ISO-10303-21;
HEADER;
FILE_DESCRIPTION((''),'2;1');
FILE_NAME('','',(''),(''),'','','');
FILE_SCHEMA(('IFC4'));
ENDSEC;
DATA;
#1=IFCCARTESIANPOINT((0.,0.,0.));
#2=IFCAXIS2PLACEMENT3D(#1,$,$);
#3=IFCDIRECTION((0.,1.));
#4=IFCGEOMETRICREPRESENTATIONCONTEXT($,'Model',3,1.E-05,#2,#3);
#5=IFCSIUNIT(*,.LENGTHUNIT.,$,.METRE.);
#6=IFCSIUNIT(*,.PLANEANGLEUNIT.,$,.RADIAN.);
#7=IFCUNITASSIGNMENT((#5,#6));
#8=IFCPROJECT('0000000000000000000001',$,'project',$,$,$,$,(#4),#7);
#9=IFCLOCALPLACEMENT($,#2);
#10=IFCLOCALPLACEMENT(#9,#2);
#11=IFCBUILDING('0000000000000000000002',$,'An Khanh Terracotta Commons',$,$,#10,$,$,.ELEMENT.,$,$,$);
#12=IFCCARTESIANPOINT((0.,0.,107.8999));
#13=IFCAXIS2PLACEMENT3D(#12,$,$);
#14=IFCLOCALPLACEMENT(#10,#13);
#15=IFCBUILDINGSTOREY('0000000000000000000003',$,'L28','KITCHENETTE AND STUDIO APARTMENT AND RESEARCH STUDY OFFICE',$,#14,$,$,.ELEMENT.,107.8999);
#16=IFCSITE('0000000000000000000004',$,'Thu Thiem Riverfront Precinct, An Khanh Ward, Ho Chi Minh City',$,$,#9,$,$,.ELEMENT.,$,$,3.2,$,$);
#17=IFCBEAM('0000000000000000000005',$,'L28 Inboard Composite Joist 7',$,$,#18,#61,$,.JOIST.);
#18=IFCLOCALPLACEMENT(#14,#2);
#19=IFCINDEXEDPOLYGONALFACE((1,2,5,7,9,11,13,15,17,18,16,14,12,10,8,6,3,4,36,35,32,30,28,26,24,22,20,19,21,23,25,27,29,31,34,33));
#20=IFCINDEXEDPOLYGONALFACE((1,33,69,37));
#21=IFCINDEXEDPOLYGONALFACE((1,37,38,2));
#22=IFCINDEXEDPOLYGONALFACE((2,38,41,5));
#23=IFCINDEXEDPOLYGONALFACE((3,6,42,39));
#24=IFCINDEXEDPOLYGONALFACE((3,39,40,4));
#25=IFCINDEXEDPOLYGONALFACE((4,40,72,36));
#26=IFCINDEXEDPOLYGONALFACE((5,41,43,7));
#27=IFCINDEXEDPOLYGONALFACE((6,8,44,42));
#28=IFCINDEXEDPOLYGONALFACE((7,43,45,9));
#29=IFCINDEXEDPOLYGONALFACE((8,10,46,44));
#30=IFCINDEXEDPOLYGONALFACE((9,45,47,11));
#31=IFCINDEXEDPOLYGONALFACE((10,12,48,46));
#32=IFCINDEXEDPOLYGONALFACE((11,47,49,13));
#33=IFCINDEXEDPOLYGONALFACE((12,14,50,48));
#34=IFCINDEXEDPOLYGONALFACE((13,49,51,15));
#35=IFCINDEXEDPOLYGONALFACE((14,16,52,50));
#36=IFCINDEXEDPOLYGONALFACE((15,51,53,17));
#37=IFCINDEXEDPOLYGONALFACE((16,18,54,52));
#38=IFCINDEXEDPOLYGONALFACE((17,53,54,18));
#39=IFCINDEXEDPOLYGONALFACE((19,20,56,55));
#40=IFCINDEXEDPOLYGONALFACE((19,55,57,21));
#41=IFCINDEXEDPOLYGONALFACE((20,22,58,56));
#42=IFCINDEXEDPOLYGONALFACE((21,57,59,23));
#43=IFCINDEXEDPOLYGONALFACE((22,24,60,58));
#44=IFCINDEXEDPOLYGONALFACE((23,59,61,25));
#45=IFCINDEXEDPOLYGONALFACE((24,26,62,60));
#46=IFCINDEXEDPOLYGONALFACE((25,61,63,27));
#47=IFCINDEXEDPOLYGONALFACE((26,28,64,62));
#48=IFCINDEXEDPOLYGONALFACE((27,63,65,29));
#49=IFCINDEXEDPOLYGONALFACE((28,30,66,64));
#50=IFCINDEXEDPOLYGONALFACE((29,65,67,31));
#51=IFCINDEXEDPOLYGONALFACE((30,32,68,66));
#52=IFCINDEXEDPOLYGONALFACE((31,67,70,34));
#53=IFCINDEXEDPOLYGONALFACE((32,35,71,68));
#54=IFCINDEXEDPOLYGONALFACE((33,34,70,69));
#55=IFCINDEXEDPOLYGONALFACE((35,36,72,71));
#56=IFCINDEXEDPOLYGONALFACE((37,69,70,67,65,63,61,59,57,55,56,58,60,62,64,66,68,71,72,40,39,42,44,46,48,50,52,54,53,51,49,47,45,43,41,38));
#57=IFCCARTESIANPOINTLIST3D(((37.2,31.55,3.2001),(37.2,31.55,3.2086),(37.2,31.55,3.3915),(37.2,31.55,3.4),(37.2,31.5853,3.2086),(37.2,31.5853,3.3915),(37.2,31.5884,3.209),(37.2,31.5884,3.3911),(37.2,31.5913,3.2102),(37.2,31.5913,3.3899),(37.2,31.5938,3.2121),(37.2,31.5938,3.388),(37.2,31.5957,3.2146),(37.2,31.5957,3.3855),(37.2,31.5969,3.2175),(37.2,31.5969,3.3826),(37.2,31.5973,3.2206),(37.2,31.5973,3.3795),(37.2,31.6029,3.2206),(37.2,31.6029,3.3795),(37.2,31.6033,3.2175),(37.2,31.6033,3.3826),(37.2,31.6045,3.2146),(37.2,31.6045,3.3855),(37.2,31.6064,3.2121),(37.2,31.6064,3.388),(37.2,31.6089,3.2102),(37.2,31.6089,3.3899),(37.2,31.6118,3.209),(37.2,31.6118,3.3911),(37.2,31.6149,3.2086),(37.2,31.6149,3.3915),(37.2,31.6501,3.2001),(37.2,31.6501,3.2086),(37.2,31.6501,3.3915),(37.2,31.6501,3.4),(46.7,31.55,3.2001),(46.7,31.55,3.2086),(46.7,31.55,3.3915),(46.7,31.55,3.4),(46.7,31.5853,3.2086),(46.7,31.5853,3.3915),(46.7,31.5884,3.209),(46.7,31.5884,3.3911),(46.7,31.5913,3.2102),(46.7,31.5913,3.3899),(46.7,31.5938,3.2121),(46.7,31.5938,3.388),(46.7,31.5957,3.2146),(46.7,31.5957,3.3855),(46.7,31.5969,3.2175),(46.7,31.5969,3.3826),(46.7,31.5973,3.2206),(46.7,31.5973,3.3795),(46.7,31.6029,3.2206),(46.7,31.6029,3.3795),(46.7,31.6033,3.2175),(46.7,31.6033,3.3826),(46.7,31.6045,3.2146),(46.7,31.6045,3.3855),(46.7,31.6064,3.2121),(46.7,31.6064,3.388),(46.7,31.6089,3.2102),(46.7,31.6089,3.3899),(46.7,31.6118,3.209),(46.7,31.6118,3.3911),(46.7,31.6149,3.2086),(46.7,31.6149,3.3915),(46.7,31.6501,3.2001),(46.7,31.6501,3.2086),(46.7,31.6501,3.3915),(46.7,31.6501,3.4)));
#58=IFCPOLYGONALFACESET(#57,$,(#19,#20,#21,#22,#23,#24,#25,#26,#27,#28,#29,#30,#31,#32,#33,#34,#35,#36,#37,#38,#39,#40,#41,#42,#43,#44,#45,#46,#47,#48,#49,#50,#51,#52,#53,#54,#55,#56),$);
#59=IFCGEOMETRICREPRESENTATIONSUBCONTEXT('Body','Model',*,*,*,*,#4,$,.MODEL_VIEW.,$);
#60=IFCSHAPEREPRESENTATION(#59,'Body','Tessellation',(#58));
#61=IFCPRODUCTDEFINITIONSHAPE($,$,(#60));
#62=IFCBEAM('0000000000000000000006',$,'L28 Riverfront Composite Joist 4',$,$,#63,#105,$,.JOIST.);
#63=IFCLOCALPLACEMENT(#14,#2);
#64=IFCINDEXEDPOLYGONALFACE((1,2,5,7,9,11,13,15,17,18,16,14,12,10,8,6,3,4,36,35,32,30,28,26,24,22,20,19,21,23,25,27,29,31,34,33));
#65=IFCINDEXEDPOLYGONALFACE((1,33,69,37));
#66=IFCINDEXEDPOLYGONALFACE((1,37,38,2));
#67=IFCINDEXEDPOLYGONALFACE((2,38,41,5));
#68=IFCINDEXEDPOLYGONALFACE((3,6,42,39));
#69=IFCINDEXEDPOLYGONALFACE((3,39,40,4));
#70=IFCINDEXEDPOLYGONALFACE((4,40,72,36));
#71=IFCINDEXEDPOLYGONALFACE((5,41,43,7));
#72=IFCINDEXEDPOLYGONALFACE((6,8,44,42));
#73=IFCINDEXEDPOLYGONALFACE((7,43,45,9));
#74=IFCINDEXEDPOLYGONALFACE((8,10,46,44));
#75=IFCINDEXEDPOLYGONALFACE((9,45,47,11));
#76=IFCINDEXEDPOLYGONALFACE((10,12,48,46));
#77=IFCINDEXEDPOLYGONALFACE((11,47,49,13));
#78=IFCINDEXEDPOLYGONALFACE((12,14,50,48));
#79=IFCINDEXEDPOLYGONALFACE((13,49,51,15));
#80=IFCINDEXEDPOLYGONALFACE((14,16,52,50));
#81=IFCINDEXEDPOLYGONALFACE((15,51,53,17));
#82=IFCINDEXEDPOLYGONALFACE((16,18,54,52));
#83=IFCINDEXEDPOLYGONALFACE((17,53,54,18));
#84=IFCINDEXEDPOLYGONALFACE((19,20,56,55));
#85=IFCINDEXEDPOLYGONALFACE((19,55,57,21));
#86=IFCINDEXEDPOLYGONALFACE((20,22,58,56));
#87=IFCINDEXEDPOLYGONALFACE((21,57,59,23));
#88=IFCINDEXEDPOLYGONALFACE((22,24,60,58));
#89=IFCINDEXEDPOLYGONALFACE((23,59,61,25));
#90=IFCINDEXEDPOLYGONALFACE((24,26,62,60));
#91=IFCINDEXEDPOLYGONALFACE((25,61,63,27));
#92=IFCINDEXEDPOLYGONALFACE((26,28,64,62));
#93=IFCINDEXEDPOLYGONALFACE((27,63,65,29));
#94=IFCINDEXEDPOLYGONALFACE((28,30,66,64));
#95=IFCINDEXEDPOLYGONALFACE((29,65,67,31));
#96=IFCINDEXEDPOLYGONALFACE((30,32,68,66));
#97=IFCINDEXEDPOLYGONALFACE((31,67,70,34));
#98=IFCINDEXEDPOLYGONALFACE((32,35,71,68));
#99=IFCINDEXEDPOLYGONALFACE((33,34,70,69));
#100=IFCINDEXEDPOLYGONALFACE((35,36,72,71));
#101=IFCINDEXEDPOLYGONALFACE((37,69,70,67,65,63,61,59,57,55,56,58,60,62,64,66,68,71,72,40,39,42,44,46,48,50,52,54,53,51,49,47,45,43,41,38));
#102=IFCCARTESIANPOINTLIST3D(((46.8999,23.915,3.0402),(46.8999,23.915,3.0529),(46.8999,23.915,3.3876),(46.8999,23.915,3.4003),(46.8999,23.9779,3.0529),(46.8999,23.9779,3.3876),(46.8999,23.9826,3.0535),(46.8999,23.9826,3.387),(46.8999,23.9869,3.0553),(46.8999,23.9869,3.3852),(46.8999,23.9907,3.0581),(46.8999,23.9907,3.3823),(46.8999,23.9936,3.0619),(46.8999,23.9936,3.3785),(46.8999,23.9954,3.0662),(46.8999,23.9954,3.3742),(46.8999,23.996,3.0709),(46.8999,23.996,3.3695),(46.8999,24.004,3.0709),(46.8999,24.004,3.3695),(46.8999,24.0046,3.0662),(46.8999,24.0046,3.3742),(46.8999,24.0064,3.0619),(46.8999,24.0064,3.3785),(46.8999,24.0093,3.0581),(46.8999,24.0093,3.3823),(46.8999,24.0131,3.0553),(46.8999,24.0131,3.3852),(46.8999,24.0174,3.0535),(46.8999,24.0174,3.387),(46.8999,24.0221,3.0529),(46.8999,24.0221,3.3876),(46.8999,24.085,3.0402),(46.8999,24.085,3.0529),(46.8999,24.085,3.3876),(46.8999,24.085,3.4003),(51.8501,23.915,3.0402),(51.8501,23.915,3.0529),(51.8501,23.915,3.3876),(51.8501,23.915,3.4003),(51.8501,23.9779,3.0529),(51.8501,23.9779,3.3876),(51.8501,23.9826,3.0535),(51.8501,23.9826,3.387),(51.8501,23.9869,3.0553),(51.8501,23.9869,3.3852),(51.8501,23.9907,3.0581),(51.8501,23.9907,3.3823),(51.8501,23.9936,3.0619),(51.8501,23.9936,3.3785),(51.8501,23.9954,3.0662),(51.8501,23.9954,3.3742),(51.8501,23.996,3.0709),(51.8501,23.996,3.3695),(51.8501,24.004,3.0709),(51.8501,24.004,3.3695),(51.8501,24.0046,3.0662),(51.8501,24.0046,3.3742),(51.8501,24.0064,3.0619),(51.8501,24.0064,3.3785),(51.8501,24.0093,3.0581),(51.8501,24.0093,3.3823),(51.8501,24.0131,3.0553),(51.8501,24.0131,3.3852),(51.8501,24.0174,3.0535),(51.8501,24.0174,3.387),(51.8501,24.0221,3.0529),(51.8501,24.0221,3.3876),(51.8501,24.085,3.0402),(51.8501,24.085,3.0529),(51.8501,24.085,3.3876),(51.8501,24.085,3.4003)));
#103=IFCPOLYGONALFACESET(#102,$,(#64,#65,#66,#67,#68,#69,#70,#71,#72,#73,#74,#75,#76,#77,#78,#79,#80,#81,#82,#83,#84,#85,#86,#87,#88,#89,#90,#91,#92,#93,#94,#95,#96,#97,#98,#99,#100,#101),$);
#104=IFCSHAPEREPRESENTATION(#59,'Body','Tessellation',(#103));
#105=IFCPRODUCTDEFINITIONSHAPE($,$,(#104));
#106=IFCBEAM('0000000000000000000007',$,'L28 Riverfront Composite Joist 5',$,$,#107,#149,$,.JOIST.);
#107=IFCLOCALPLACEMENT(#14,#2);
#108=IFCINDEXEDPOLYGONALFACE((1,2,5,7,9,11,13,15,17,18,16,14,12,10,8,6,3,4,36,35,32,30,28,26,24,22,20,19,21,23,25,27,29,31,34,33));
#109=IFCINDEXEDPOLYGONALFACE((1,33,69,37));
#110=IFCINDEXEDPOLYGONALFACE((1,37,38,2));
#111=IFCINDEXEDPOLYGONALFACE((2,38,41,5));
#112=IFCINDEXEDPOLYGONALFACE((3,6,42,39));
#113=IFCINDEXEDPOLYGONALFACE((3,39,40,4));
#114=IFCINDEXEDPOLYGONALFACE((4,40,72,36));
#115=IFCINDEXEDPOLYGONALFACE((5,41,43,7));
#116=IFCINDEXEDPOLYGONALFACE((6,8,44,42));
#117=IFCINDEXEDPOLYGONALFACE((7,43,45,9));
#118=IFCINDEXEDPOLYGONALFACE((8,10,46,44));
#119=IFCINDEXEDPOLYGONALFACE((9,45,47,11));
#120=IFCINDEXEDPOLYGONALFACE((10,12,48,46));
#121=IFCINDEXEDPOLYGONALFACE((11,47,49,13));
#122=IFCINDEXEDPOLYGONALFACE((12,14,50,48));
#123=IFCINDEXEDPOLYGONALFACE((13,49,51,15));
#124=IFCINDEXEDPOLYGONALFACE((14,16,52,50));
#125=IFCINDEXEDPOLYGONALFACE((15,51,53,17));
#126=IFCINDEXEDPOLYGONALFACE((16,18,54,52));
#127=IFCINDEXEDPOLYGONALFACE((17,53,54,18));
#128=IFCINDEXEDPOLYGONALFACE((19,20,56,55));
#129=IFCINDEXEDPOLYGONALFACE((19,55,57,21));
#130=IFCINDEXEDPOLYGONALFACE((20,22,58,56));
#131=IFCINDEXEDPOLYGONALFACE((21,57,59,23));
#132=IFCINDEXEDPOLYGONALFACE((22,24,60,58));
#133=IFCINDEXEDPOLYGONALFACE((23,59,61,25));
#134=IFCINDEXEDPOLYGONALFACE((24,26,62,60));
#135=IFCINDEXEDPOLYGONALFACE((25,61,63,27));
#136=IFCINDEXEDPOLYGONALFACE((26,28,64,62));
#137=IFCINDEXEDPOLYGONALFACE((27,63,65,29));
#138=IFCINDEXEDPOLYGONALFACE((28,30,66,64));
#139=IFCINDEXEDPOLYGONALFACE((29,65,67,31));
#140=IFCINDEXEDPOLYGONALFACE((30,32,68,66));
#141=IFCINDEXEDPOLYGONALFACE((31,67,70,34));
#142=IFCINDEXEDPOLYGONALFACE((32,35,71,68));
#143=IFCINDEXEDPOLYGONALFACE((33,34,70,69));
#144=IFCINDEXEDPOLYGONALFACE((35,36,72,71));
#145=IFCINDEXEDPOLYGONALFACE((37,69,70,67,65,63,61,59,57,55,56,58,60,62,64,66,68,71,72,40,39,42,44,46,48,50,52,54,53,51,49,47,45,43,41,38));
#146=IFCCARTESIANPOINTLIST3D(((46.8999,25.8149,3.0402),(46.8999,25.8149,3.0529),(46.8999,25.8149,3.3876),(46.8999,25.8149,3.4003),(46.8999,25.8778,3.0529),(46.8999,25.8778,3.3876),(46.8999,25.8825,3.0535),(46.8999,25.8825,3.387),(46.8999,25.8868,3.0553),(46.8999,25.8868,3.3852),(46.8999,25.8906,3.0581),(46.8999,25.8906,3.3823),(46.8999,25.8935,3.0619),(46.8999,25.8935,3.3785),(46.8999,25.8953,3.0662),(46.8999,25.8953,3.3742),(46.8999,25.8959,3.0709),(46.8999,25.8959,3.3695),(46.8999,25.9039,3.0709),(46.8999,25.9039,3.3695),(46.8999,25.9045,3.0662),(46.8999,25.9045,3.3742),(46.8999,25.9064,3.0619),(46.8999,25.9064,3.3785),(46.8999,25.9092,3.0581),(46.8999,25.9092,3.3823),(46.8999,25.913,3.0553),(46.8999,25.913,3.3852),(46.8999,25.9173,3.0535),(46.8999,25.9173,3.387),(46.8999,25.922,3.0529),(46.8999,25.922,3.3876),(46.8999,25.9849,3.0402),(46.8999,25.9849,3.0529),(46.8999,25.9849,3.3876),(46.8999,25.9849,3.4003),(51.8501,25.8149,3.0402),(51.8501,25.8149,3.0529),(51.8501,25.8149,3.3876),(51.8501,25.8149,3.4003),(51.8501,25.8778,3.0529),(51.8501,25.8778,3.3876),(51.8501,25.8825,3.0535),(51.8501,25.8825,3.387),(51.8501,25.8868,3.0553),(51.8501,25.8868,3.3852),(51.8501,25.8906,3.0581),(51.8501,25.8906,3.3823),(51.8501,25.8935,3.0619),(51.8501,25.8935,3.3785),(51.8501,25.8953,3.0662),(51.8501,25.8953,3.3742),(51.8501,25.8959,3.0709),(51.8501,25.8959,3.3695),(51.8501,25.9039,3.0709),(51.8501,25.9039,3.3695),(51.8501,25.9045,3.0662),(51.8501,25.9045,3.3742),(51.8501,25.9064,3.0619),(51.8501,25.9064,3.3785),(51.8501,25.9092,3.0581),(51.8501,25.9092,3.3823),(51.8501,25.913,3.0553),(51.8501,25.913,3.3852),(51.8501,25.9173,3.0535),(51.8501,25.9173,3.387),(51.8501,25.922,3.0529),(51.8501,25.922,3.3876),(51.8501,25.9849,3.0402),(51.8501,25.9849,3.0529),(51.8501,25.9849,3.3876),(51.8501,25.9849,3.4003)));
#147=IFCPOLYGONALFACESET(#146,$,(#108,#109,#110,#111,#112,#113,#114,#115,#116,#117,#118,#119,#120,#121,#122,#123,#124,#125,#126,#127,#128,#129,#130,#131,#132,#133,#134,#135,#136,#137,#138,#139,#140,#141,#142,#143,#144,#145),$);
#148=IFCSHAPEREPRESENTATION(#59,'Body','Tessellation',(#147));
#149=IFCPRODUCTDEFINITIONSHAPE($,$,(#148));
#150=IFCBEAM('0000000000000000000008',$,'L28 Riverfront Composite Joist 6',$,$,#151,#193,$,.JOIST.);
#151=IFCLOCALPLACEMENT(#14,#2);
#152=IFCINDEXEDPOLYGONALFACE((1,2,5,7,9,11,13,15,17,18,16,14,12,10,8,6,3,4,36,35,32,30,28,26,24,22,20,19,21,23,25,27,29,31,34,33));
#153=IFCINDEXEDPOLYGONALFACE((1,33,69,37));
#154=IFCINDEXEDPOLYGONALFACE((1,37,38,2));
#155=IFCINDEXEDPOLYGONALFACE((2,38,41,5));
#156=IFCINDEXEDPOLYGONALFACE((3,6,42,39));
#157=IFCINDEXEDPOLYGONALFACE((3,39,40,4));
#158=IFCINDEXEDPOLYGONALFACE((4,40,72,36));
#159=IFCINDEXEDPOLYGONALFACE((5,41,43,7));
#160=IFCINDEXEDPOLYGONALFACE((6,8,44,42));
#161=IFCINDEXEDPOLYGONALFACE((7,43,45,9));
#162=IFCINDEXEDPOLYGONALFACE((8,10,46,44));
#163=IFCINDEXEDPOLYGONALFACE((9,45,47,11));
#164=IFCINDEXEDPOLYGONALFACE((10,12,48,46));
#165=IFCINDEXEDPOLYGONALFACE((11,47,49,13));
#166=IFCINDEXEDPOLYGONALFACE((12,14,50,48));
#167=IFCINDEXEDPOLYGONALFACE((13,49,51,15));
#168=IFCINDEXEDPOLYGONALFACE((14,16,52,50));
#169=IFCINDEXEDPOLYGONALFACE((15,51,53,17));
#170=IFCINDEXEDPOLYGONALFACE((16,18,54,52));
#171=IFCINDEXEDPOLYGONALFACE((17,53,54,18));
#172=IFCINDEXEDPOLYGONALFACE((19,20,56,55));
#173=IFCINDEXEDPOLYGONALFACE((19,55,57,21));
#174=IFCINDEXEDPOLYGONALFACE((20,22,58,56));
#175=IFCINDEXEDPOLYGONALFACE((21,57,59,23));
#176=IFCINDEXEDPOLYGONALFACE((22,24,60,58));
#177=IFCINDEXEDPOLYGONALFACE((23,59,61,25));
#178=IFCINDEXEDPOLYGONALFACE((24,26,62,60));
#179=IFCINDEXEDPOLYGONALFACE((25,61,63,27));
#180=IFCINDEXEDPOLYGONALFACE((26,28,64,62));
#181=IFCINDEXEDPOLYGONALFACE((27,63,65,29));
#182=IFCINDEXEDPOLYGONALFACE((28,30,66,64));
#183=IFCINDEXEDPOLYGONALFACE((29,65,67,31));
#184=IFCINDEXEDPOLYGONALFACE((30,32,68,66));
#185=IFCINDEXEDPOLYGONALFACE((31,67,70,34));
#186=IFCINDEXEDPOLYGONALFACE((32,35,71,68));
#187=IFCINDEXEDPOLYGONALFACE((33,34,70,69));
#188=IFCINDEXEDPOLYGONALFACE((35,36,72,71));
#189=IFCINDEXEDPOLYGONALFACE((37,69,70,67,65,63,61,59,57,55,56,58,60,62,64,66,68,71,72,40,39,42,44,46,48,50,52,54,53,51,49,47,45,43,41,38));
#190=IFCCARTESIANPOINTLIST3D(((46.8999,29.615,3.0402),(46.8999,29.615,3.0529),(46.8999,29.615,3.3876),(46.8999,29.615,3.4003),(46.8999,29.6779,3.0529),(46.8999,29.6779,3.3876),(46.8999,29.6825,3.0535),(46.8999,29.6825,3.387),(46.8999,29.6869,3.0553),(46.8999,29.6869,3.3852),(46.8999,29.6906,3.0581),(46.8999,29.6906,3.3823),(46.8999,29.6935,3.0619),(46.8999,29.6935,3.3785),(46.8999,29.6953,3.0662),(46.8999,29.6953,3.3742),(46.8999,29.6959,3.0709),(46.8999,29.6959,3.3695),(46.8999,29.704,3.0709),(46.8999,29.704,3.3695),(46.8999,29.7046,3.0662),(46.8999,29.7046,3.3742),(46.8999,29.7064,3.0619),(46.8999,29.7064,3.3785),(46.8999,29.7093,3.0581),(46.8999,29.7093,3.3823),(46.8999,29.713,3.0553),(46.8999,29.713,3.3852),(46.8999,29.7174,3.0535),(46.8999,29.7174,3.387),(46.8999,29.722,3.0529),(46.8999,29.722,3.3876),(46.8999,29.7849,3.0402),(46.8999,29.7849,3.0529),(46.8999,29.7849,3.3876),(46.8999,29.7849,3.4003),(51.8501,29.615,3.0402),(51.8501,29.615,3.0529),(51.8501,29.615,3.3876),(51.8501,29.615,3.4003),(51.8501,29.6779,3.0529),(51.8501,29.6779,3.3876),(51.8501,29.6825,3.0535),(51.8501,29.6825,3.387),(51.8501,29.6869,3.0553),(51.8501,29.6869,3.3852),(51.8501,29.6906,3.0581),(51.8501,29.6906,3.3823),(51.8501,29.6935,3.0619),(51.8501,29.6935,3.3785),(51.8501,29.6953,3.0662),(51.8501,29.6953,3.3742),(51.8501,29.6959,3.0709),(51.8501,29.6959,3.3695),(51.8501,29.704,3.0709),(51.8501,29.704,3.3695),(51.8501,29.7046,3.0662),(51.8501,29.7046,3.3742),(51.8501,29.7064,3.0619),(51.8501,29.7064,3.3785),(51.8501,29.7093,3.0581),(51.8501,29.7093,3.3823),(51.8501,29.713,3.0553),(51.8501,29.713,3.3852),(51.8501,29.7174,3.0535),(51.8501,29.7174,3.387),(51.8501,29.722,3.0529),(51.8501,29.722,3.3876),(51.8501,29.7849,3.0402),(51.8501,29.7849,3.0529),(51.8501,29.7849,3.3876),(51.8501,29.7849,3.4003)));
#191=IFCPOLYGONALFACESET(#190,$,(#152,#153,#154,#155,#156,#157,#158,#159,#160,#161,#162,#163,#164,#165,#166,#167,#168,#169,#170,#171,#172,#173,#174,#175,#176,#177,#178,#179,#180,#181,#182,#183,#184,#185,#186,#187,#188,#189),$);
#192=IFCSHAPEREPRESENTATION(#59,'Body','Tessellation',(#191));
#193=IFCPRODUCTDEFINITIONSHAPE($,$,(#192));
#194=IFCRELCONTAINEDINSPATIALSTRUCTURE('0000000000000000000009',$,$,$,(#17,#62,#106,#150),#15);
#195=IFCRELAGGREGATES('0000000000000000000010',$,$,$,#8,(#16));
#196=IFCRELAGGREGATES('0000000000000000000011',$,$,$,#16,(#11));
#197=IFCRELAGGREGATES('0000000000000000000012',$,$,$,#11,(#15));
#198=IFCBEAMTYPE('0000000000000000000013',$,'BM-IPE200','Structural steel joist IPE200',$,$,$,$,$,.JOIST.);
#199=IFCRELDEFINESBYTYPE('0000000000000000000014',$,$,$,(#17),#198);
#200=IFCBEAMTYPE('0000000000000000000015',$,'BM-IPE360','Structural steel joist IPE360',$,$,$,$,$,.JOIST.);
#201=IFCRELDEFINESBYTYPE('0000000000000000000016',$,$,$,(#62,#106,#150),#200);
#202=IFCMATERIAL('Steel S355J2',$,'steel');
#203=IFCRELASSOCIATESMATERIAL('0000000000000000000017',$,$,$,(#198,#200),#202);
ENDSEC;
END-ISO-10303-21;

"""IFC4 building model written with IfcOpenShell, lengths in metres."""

from ifc_helpers import new_model, si_unit, direction, frame, origin, origin_2d, place, context, subcontext, project, spatial, i_section, extrude, material, material_profile, profile_set, type_object, element, save


model = new_model("IFC4")

# Units and contexts
model_context = context("Model", 3, precision=1e-05, world=origin(), true_north=direction((0.0, 1.0)))
body_context = subcontext(model_context, "Body", "Model", "MODEL_VIEW")
ifc_project = project(units=[si_unit("LENGTHUNIT", "METRE"), si_unit("PLANEANGLEUNIT", "RADIAN")], contexts=[model_context])

# Site, building, storey
site_placement = place(None, origin())
site = spatial("IfcSite", under=ifc_project, at=site_placement, Name="Thu Thiem Riverfront Precinct, An Khanh Ward, Ho Chi Minh City", CompositionType="ELEMENT", RefElevation=3.2)
building_placement = place(site_placement, origin())
building = spatial("IfcBuilding", under=site, at=building_placement, Name="An Khanh Terracotta Commons", CompositionType="ELEMENT")
storey_placement = place(building_placement, frame((0.0, 0.0, 107.8999)))
storey = spatial("IfcBuildingStorey", under=building, at=storey_placement, Name="L28", Description="KITCHENETTE AND STUDIO APARTMENT AND RESEARCH STUDY OFFICE", CompositionType="ELEMENT", Elevation=107.8999)

# Beams
ifc_material_1 = material(Name="Steel S355J2", Category="steel")
ifc_material_profile_1 = material_profile(ifc_material_1, i_section(OverallWidth=0.1001, OverallDepth=0.2, WebThickness=0.0056, FlangeThickness=0.0085, FilletRadius=0.012, at=origin_2d()), Name="IPE200")
ifc_profile_set_1 = profile_set([ifc_material_profile_1], Name="Steel S355J2")
beam_type_1 = type_object("IfcBeamType", Name="BM-IPE200", Description="Structural steel joist IPE200", PredefinedType="JOIST", material=ifc_profile_set_1)
for number, where, z_axis, x_axis, name in (
    (1, (37.2, 31.6001, 3.3), (1.0, 0.0, 0.0), (0.0, 1.0, 0.0), "L28 Inboard Composite Joist 7"),
):
    element("IfcBeam", number, at=place(storey_placement, frame(where, z_axis=z_axis, x_axis=x_axis)), inside=storey, type_object=beam_type_1, Name=name, PredefinedType="JOIST", context=body_context, shape_type="SweptSolid", body=[
        extrude(i_section(OverallWidth=0.1001, OverallDepth=0.2, WebThickness=0.0056, FlangeThickness=0.0085, FilletRadius=0.012, at=origin_2d()), origin(), (0.0, 0.0, 1.0), 9.5),
    ])
ifc_material_profile_2 = material_profile(ifc_material_1, i_section(OverallWidth=0.1699, OverallDepth=0.3601, WebThickness=0.0081, FlangeThickness=0.0127, FilletRadius=0.0181, at=origin_2d()), Name="IPE360")
ifc_profile_set_2 = profile_set([ifc_material_profile_2], Name="Steel S355J2")
beam_type_2 = type_object("IfcBeamType", Name="BM-IPE360", Description="Structural steel joist IPE360", PredefinedType="JOIST", material=ifc_profile_set_2)
for number, where, z_axis, x_axis, name in (
    (2, (46.8999, 24.0, 3.2202), (1.0, 0.0, 0.0), (0.0, 1.0, 0.0), "L28 Riverfront Composite Joist 4"),
    (3, (46.8999, 25.8999, 3.2202), (1.0, 0.0, 0.0), (0.0, 1.0, 0.0), "L28 Riverfront Composite Joist 5"),
    (4, (46.8999, 29.7, 3.2202), (1.0, 0.0, 0.0), (0.0, 1.0, 0.0), "L28 Riverfront Composite Joist 6"),
):
    element("IfcBeam", number, at=place(storey_placement, frame(where, z_axis=z_axis, x_axis=x_axis)), inside=storey, type_object=beam_type_2, Name=name, PredefinedType="JOIST", context=body_context, shape_type="SweptSolid", body=[
        extrude(i_section(OverallWidth=0.1699, OverallDepth=0.3601, WebThickness=0.0081, FlangeThickness=0.0127, FilletRadius=0.0181, at=origin_2d()), origin(), (0.0, 0.0, 1.0), 4.9502),
    ])

save(model, "model.ifc")
